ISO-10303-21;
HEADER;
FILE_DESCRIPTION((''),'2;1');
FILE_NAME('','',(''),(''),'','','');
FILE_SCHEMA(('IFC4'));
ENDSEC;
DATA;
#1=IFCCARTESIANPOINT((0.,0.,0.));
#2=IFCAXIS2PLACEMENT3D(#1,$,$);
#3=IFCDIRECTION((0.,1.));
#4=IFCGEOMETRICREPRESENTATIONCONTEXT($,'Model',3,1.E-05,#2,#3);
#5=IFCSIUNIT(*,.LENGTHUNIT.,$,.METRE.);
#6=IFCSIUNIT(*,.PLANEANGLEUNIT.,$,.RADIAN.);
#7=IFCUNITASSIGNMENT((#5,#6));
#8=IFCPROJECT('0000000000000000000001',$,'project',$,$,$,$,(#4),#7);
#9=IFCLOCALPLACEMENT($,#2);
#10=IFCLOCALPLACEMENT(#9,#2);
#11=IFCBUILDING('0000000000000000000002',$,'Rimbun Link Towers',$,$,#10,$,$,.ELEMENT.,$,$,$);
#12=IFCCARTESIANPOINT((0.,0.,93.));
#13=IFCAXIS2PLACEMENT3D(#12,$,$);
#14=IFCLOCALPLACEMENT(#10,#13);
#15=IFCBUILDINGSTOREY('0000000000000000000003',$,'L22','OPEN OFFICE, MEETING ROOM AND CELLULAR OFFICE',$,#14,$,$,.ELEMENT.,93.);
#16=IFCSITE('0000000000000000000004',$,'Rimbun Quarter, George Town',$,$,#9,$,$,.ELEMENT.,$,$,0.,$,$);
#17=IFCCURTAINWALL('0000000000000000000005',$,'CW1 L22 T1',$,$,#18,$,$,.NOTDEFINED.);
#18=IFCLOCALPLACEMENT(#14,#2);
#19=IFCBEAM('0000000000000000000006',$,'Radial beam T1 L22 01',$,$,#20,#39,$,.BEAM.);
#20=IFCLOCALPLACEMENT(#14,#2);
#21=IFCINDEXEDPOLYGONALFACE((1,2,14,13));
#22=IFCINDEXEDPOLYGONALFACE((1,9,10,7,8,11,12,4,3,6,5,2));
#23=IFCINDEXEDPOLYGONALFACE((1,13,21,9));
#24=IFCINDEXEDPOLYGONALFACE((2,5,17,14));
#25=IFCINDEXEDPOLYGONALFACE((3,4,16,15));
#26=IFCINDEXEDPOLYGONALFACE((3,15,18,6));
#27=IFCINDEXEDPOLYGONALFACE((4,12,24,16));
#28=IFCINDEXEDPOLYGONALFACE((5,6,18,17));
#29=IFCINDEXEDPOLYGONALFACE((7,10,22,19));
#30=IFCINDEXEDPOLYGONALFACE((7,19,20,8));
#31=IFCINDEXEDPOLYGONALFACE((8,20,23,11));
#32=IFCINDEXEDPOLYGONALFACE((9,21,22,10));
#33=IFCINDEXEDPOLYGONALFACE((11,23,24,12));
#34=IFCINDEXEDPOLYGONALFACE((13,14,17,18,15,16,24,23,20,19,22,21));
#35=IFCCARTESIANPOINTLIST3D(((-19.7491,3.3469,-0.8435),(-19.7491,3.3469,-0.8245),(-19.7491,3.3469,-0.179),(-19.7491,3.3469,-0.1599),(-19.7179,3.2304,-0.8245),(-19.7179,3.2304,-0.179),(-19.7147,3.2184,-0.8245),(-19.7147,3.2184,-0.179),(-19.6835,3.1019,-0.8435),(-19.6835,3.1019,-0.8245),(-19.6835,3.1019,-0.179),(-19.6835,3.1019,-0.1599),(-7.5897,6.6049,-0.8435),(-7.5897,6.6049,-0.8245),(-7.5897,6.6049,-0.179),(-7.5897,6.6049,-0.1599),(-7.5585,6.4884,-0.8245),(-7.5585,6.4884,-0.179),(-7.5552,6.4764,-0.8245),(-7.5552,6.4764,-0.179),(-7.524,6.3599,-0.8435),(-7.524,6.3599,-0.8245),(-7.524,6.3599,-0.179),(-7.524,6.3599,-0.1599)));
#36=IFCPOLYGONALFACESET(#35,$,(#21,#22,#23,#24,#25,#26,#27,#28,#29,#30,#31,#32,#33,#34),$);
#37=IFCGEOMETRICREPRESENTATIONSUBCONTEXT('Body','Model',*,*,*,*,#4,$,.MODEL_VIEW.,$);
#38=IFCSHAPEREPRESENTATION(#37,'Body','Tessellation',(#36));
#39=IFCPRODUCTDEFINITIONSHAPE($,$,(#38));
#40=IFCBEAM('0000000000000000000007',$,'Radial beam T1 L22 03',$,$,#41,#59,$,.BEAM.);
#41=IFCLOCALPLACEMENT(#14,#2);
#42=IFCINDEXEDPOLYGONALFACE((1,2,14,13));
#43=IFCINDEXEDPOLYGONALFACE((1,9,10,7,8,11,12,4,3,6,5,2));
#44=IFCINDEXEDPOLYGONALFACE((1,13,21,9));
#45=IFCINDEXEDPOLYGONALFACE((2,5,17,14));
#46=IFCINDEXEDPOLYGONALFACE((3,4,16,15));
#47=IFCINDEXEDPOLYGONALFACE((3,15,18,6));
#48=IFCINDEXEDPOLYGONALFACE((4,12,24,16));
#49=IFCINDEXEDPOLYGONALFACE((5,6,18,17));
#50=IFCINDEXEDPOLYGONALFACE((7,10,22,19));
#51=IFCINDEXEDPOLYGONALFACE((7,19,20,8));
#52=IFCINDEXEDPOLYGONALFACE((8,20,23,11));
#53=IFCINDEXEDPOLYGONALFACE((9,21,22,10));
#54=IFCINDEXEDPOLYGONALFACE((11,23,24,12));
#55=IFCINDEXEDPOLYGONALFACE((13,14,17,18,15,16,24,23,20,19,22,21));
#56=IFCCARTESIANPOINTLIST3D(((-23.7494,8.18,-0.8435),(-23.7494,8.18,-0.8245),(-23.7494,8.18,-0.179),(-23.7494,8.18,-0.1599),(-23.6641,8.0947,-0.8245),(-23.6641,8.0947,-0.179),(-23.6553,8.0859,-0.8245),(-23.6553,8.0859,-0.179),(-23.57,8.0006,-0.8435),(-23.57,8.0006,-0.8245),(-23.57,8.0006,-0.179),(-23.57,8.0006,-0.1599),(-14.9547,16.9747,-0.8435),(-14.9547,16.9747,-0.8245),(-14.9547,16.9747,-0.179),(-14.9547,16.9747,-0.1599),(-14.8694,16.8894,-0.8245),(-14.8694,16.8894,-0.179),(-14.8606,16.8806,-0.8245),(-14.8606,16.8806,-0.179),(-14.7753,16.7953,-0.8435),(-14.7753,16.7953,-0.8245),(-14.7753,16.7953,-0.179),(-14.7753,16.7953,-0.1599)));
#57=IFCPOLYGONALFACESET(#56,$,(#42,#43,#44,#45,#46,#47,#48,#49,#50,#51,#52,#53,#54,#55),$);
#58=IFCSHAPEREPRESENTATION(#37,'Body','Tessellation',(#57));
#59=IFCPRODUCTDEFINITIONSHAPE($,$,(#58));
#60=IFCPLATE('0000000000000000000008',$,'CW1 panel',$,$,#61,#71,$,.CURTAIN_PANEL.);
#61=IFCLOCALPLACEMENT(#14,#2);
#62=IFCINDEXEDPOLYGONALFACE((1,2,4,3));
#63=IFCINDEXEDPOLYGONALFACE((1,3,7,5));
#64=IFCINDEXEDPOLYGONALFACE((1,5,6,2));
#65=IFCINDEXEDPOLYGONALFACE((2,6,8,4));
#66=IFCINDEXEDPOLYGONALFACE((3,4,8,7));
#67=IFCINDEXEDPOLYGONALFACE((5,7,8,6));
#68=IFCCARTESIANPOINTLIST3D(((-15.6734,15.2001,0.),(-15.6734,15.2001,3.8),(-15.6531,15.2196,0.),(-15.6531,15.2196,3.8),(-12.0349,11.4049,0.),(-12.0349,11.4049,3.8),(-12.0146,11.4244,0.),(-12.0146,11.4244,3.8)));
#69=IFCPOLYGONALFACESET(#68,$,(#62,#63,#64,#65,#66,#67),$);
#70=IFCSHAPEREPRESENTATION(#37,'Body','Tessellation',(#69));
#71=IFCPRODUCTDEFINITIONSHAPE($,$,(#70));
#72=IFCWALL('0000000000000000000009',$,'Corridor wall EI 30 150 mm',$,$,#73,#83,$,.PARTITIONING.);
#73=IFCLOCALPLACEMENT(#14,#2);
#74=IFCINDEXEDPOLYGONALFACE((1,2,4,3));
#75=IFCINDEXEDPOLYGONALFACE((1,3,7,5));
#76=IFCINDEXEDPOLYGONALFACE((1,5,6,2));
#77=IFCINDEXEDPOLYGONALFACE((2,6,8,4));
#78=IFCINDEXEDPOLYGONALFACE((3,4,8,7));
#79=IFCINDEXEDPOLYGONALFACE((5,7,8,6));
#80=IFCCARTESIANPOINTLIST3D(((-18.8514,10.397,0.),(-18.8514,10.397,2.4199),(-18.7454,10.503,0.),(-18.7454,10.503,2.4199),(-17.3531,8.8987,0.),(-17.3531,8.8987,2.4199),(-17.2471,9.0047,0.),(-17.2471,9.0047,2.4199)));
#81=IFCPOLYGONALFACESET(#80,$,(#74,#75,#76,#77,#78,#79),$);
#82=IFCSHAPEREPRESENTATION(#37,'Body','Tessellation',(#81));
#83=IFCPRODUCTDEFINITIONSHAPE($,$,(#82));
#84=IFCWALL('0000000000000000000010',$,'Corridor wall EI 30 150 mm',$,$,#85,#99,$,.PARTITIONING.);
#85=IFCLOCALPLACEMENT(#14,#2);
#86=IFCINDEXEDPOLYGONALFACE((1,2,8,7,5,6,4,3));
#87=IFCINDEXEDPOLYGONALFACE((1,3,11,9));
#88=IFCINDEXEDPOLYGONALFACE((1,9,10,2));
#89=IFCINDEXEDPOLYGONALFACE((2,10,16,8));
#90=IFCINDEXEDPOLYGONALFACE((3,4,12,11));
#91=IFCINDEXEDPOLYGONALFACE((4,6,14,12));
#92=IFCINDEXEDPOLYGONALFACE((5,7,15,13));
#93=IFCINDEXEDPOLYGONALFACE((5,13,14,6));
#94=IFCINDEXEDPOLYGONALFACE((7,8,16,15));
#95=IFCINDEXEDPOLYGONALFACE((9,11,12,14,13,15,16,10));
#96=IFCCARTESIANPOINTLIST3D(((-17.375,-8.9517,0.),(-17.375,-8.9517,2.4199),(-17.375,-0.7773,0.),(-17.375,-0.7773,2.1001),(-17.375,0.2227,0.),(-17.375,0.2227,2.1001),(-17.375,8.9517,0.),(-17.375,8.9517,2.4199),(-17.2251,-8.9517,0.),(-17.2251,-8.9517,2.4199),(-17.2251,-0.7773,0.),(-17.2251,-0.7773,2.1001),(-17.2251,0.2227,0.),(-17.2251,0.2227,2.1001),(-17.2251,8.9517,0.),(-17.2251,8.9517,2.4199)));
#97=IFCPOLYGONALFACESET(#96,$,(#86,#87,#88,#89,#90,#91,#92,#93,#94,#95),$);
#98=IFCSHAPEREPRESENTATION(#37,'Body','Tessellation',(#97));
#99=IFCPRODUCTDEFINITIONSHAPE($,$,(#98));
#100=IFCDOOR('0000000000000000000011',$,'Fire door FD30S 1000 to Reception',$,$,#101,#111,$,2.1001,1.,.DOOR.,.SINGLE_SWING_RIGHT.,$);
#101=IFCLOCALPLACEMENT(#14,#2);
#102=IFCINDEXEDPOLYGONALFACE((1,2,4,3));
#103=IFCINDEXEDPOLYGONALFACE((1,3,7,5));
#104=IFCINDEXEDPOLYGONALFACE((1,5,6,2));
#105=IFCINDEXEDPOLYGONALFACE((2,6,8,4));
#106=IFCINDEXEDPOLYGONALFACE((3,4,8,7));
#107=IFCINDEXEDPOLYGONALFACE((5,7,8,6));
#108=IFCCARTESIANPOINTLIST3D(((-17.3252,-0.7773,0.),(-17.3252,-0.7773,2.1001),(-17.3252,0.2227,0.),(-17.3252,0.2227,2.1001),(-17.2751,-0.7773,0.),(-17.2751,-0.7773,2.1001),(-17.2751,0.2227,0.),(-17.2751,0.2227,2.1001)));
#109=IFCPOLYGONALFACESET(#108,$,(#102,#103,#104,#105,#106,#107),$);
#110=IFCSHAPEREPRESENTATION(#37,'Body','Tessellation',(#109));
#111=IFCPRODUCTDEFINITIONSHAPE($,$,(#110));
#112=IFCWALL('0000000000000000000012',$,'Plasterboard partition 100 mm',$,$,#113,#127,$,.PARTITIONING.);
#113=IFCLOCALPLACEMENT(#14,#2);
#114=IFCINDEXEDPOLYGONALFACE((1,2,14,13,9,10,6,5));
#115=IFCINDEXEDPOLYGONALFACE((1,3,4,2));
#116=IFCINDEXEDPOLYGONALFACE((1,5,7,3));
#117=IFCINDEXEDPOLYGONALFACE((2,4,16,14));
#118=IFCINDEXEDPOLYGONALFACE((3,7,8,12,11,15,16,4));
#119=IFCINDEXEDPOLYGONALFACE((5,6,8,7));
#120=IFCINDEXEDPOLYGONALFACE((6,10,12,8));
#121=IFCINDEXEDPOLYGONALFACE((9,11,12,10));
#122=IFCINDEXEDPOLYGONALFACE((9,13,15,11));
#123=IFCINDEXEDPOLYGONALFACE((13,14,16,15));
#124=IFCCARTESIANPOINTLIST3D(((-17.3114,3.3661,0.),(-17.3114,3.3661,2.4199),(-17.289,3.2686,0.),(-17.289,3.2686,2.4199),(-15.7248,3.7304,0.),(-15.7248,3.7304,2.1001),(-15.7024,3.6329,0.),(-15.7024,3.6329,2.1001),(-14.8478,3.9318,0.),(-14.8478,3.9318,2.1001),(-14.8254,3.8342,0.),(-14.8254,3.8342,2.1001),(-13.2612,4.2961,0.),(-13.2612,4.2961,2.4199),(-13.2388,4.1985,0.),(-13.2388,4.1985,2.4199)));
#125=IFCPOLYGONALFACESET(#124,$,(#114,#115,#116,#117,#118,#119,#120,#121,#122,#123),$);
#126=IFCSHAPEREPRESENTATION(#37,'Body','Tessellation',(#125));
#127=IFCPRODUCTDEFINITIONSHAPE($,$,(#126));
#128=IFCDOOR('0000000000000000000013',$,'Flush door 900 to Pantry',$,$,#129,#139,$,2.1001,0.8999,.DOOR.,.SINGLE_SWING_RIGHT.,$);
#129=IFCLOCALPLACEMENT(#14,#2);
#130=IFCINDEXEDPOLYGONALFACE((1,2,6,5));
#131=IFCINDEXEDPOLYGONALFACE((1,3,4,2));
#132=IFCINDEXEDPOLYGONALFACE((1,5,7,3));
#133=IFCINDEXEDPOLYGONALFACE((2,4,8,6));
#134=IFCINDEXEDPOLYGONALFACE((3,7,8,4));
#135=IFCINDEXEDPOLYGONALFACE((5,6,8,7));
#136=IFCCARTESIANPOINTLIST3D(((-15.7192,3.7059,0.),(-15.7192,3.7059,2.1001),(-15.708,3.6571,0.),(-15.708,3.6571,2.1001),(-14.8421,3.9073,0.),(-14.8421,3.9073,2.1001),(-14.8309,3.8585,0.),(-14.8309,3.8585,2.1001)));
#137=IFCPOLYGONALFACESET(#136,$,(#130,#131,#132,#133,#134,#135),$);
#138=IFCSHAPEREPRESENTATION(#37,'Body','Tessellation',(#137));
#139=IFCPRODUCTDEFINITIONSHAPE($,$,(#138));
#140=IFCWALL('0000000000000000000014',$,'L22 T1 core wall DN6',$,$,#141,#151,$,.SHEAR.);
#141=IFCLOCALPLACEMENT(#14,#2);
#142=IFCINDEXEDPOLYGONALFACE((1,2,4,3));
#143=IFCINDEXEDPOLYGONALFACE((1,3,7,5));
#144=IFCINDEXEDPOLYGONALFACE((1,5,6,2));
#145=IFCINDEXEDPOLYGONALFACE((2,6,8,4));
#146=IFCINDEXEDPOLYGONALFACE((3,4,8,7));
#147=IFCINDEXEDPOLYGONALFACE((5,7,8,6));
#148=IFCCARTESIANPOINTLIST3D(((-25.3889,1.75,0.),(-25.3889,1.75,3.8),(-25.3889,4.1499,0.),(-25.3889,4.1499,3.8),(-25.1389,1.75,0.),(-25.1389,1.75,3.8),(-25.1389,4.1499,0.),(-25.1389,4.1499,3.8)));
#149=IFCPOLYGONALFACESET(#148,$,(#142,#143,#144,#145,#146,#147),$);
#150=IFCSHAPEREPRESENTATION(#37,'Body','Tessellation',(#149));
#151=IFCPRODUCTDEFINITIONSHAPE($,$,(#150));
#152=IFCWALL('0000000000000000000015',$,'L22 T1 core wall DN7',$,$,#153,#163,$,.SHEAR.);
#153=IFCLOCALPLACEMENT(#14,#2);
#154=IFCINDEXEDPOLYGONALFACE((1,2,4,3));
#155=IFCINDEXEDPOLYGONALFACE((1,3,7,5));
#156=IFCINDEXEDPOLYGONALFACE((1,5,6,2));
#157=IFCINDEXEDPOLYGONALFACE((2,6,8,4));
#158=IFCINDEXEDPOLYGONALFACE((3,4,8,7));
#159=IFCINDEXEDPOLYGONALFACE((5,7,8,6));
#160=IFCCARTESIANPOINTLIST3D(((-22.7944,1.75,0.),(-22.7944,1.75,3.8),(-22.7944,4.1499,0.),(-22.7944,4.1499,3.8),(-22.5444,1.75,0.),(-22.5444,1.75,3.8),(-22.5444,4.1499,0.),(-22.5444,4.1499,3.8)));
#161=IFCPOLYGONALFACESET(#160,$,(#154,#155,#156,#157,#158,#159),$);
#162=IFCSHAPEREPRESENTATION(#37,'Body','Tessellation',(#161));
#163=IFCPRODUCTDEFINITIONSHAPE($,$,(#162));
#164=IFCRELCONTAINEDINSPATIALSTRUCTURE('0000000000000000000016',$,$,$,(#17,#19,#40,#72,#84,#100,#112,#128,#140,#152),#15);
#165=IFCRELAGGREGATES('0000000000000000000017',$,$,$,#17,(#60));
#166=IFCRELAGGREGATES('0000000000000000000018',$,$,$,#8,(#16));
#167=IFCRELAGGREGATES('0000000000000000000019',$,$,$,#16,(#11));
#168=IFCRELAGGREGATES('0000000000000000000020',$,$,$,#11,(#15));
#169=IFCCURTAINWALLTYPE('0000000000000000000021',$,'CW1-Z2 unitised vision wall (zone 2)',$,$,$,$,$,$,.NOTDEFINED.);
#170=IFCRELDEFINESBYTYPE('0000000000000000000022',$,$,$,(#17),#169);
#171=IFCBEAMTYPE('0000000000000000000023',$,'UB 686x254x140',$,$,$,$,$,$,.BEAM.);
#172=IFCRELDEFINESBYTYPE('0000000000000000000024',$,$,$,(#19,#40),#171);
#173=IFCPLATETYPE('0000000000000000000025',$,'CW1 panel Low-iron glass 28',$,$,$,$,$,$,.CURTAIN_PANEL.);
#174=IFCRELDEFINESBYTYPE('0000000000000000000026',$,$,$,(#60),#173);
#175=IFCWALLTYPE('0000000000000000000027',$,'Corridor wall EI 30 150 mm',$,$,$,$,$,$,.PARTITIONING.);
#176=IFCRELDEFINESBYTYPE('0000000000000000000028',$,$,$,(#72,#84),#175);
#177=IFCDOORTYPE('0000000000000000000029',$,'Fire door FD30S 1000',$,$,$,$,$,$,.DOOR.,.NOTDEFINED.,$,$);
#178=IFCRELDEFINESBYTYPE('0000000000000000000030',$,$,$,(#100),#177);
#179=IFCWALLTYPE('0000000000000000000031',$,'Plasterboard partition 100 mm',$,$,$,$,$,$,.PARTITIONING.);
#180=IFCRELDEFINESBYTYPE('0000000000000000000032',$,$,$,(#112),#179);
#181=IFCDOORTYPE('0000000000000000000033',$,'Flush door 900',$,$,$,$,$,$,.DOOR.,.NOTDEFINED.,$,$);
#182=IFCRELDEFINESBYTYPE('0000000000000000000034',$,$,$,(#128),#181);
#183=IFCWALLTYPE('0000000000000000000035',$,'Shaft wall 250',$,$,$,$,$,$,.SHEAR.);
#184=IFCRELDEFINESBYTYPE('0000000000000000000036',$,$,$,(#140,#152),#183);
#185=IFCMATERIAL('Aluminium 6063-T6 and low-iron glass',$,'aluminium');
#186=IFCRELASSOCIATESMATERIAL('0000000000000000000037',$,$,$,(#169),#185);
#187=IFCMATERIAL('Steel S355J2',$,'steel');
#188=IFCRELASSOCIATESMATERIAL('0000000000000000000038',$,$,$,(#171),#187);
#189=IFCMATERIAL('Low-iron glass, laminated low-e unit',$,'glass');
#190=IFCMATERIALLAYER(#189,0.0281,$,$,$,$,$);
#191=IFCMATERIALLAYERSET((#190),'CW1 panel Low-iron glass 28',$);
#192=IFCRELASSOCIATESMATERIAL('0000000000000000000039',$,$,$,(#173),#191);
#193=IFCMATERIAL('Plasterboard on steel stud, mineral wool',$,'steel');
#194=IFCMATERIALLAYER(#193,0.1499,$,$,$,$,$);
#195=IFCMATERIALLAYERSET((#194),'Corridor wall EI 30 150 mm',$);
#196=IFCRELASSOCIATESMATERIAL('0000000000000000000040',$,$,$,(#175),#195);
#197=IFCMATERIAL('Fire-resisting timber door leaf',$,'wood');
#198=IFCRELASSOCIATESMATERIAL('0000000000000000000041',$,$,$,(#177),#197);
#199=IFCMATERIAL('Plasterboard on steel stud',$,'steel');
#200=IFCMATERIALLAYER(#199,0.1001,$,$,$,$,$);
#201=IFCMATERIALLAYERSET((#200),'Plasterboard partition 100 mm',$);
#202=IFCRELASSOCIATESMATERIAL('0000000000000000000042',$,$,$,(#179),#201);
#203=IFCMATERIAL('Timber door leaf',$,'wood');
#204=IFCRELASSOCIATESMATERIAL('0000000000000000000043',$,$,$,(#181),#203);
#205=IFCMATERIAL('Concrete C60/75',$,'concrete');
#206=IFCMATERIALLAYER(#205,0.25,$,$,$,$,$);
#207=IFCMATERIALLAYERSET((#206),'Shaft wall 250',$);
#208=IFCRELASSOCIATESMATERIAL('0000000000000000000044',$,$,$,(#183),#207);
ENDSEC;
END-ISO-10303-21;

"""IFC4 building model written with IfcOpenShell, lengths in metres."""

from ifc_helpers import new_model, si_unit, direction, frame, frame_2d, origin, origin_2d, place, context, subcontext, project, spatial, rectangle, i_section, extrude, material, layer, layer_set, material_profile, profile_set, type_object, element, fill, aggregate, save


model = new_model("IFC4")

# Units and contexts
model_context = context("Model", 3, precision=1e-05, world=origin(), true_north=direction((0.0, 1.0)))
body_context = subcontext(model_context, "Body", "Model", "MODEL_VIEW")
ifc_project = project(units=[si_unit("LENGTHUNIT", "METRE"), si_unit("PLANEANGLEUNIT", "RADIAN")], contexts=[model_context])

# Site, building, storey
site_placement = place(None, origin())
site = spatial("IfcSite", under=ifc_project, at=site_placement, Name="Rimbun Quarter, George Town", CompositionType="ELEMENT", RefElevation=0.0)
building_placement = place(site_placement, origin())
building = spatial("IfcBuilding", under=site, at=building_placement, Name="Rimbun Link Towers", CompositionType="ELEMENT")
storey_placement = place(building_placement, frame((0.0, 0.0, 93.0)))
storey = spatial("IfcBuildingStorey", under=building, at=storey_placement, Name="L22", Description="OPEN OFFICE, MEETING ROOM AND CELLULAR OFFICE", CompositionType="ELEMENT", Elevation=93.0)

# Curtain wall
ifc_material_1 = material(Name="Aluminium 6063-T6 and low-iron glass", Category="aluminium")
curtain_wall_type = type_object("IfcCurtainWallType", Name="CW1-Z2 unitised vision wall (zone 2)", PredefinedType="NOTDEFINED", material=ifc_material_1)
curtain_wall_placement = place(storey_placement, origin())
curtain_wall = element("IfcCurtainWall", 1, at=curtain_wall_placement, inside=storey, type_object=curtain_wall_type, Name="CW1 L22 T1", PredefinedType="NOTDEFINED")

# Beams
ifc_material_2 = material(Name="Steel S355J2", Category="steel")
ifc_material_profile_1 = material_profile(ifc_material_2, i_section(OverallWidth=0.2537, OverallDepth=0.6836, WebThickness=0.0125, FlangeThickness=0.019, at=origin_2d()), Name="UB 686x254x140")
ifc_profile_set_1 = profile_set([ifc_material_profile_1], Name="Steel S355J2")
beam_type_1 = type_object("IfcBeamType", Name="UB 686x254x140", PredefinedType="BEAM", material=ifc_profile_set_1)
beam_1_placement = place(storey_placement, frame((-19.7163, 3.2244, -0.5017), z_axis=(0.965927, 0.258815, 0.0), x_axis=(-0.258815, 0.965927, 0.0)))
element("IfcBeam", 2, at=beam_1_placement, inside=storey, type_object=beam_type_1, Name="Radial beam T1 L22 01", PredefinedType="BEAM", context=body_context, shape_type="SweptSolid", body=[
    extrude(i_section(OverallWidth=0.2537, OverallDepth=0.6836, WebThickness=0.0125, FlangeThickness=0.019, at=origin_2d()), origin(), (0.0, 0.0, 1.0), 12.5884),
])
beam_2_placement = place(storey_placement, frame((-23.6597, 8.0903, -0.5017), z_axis=(0.707107, 0.707107, 0.0), x_axis=(-0.707107, 0.707107, 0.0)))
element("IfcBeam", 3, at=beam_2_placement, inside=storey, type_object=beam_type_1, Name="Radial beam T1 L22 03", PredefinedType="BEAM", context=body_context, shape_type="SweptSolid", body=[
    extrude(i_section(OverallWidth=0.2537, OverallDepth=0.6836, WebThickness=0.0125, FlangeThickness=0.019, at=origin_2d()), origin(), (0.0, 0.0, 1.0), 12.4375),
])

# Plate
ifc_material_3 = material(Name="Low-iron glass, laminated low-e unit", Category="glass")
ifc_layer_1 = layer(ifc_material_3, 0.0281)
ifc_layer_set_1 = layer_set([ifc_layer_1], Name="CW1 panel Low-iron glass 28")
plate_type = type_object("IfcPlateType", Name="CW1 panel Low-iron glass 28", PredefinedType="CURTAIN_PANEL", material=ifc_layer_set_1)
plate_placement = place(storey_placement, frame((-13.844, 13.3123, 0.0), z_axis=(0.0, 0.0, 1.0), x_axis=(0.692045, -0.721854, 0.0)))
plate = element("IfcPlate", 4, at=plate_placement, type_object=plate_type, Name="CW1 panel", PredefinedType="CURTAIN_PANEL", context=body_context, shape_type="SweptSolid", body=[
    extrude(rectangle(XDim=5.2576, YDim=0.0281, at=origin_2d()), origin(), (0.0, 0.0, 1.0), 3.8),
])
aggregate(curtain_wall, [plate])

# Wall
ifc_material_4 = material(Name="Plasterboard on steel stud, mineral wool", Category="steel")
ifc_layer_2 = layer(ifc_material_4, 0.1499)
ifc_layer_set_2 = layer_set([ifc_layer_2], Name="Corridor wall EI 30 150 mm")
wall_type_1 = type_object("IfcWallType", Name="Corridor wall EI 30 150 mm", PredefinedType="PARTITIONING", material=ifc_layer_set_2)
wall_1_placement = place(storey_placement, frame((-17.3, 8.9517, 0.0), z_axis=(0.0, 0.0, 1.0), x_axis=(-0.707107, 0.707107, 0.0)))
element("IfcWall", 5, at=wall_1_placement, inside=storey, type_object=wall_type_1, Name="Corridor wall EI 30 150 mm", PredefinedType="PARTITIONING", context=body_context, shape_type="SweptSolid", body=[
    extrude(rectangle(XDim=2.1189, YDim=0.1499, at=frame_2d((1.0596, 0.0))), origin(), (0.0, 0.0, 1.0), 2.4199),
])

# Walls, openings, doors
wall_2_placement = place(storey_placement, frame((-17.3, 8.9517, 0.0), z_axis=(0.0, 0.0, 1.0), x_axis=(0.0, -1.0, 0.0)))
wall_2 = element("IfcWall", 6, at=wall_2_placement, inside=storey, type_object=wall_type_1, Name="Corridor wall EI 30 150 mm", PredefinedType="PARTITIONING", context=body_context, shape_type="SweptSolid", body=[
    extrude(rectangle(XDim=17.9033, YDim=0.1499, at=frame_2d((8.9517, 0.0))), origin(), (0.0, 0.0, 1.0), 2.4199),
])
opening_1_placement = place(wall_2_placement, frame((8.729, 0.0, 0.0)))
opening_1 = element("IfcOpeningElement", 7, at=opening_1_placement, cuts=wall_2, PredefinedType="OPENING", context=body_context, shape_type="SweptSolid", body=[
    extrude(rectangle(XDim=1.0, YDim=2.1001, at=frame_2d((0.5, 1.05))), frame((0.0, 0.085, 0.0), z_axis=(0.0, -1.0, 0.0), x_axis=(1.0, 0.0, 0.0)), (0.0, 0.0, 1.0), 0.1699),
])
ifc_material_5 = material(Name="Fire-resisting timber door leaf", Category="wood")
door_type_1 = type_object("IfcDoorType", Name="Fire door FD30S 1000", OperationType="NOTDEFINED", PredefinedType="DOOR", material=ifc_material_5)
door_1_placement = place(opening_1_placement, origin())
door_1 = element("IfcDoor", 8, at=door_1_placement, inside=storey, type_object=door_type_1, Name="Fire door FD30S 1000 to Reception", OperationType="SINGLE_SWING_RIGHT", OverallHeight=2.1001, OverallWidth=1.0, PredefinedType="DOOR", context=body_context, shape_type="SweptSolid", body=[
    extrude(rectangle(XDim=1.0, YDim=2.1001, at=frame_2d((0.5, 1.05))), frame((0.0, 0.0249, 0.0), z_axis=(0.0, -1.0, 0.0), x_axis=(1.0, 0.0, 0.0)), (0.0, 0.0, 1.0), 0.05),
])
fill(opening_1, door_1)
ifc_material_6 = material(Name="Plasterboard on steel stud", Category="steel")
ifc_layer_3 = layer(ifc_material_6, 0.1001)
ifc_layer_set_3 = layer_set([ifc_layer_3], Name="Plasterboard partition 100 mm")
wall_type_2 = type_object("IfcWallType", Name="Plasterboard partition 100 mm", PredefinedType="PARTITIONING", material=ifc_layer_set_3)
wall_3_placement = place(storey_placement, frame((-17.3, 3.3174, 0.0), z_axis=(0.0, 0.0, 1.0), x_axis=(0.974638, 0.223787, 0.0)))
wall_3 = element("IfcWall", 9, at=wall_3_placement, inside=storey, type_object=wall_type_2, Name="Plasterboard partition 100 mm", PredefinedType="PARTITIONING", context=body_context, shape_type="SweptSolid", body=[
    extrude(rectangle(XDim=4.1555, YDim=0.1001, at=frame_2d((2.0776, 0.0))), origin(), (0.0, 0.0, 1.0), 2.4199),
])
opening_2_placement = place(wall_3_placement, frame((1.6277, 0.0, 0.0)))
opening_2 = element("IfcOpeningElement", 10, at=opening_2_placement, cuts=wall_3, PredefinedType="OPENING", context=body_context, shape_type="SweptSolid", body=[
    extrude(rectangle(XDim=0.8999, YDim=2.1001, at=frame_2d((0.45, 1.05))), frame((0.0, 0.0601, 0.0), z_axis=(0.0, -1.0, 0.0), x_axis=(1.0, 0.0, 0.0)), (0.0, 0.0, 1.0), 0.1201),
])
ifc_material_7 = material(Name="Timber door leaf", Category="wood")
door_type_2 = type_object("IfcDoorType", Name="Flush door 900", OperationType="NOTDEFINED", PredefinedType="DOOR", material=ifc_material_7)
door_2_placement = place(opening_2_placement, origin())
door_2 = element("IfcDoor", 11, at=door_2_placement, inside=storey, type_object=door_type_2, Name="Flush door 900 to Pantry", OperationType="SINGLE_SWING_RIGHT", OverallHeight=2.1001, OverallWidth=0.8999, PredefinedType="DOOR", context=body_context, shape_type="SweptSolid", body=[
    extrude(rectangle(XDim=0.8999, YDim=2.1001, at=frame_2d((0.45, 1.05))), frame((0.0, 0.0249, 0.0), z_axis=(0.0, -1.0, 0.0), x_axis=(1.0, 0.0, 0.0)), (0.0, 0.0, 1.0), 0.05),
])
fill(opening_2, door_2)

# Walls
ifc_material_8 = material(Name="Concrete C60/75", Category="concrete")
ifc_layer_4 = layer(ifc_material_8, 0.25)
ifc_layer_set_4 = layer_set([ifc_layer_4], Name="Shaft wall 250")
wall_type_3 = type_object("IfcWallType", Name="Shaft wall 250", PredefinedType="SHEAR", material=ifc_layer_set_4)
for number, where, z_axis, x_axis, name in (
    (12, (-25.2639, 1.75, 0.0), (0.0, 0.0, 1.0), (0.0, 1.0, 0.0), "L22 T1 core wall DN6"),
    (13, (-22.6694, 1.75, 0.0), (0.0, 0.0, 1.0), (0.0, 1.0, 0.0), "L22 T1 core wall DN7"),
):
    element("IfcWall", number, at=place(storey_placement, frame(where, z_axis=z_axis, x_axis=x_axis)), inside=storey, type_object=wall_type_3, Name=name, PredefinedType="SHEAR", context=body_context, shape_type="SweptSolid", body=[
        extrude(rectangle(XDim=2.3999, YDim=0.25, at=frame_2d((1.2, 0.0))), origin(), (0.0, 0.0, 1.0), 3.8),
    ])

save(model, "model.ifc")
